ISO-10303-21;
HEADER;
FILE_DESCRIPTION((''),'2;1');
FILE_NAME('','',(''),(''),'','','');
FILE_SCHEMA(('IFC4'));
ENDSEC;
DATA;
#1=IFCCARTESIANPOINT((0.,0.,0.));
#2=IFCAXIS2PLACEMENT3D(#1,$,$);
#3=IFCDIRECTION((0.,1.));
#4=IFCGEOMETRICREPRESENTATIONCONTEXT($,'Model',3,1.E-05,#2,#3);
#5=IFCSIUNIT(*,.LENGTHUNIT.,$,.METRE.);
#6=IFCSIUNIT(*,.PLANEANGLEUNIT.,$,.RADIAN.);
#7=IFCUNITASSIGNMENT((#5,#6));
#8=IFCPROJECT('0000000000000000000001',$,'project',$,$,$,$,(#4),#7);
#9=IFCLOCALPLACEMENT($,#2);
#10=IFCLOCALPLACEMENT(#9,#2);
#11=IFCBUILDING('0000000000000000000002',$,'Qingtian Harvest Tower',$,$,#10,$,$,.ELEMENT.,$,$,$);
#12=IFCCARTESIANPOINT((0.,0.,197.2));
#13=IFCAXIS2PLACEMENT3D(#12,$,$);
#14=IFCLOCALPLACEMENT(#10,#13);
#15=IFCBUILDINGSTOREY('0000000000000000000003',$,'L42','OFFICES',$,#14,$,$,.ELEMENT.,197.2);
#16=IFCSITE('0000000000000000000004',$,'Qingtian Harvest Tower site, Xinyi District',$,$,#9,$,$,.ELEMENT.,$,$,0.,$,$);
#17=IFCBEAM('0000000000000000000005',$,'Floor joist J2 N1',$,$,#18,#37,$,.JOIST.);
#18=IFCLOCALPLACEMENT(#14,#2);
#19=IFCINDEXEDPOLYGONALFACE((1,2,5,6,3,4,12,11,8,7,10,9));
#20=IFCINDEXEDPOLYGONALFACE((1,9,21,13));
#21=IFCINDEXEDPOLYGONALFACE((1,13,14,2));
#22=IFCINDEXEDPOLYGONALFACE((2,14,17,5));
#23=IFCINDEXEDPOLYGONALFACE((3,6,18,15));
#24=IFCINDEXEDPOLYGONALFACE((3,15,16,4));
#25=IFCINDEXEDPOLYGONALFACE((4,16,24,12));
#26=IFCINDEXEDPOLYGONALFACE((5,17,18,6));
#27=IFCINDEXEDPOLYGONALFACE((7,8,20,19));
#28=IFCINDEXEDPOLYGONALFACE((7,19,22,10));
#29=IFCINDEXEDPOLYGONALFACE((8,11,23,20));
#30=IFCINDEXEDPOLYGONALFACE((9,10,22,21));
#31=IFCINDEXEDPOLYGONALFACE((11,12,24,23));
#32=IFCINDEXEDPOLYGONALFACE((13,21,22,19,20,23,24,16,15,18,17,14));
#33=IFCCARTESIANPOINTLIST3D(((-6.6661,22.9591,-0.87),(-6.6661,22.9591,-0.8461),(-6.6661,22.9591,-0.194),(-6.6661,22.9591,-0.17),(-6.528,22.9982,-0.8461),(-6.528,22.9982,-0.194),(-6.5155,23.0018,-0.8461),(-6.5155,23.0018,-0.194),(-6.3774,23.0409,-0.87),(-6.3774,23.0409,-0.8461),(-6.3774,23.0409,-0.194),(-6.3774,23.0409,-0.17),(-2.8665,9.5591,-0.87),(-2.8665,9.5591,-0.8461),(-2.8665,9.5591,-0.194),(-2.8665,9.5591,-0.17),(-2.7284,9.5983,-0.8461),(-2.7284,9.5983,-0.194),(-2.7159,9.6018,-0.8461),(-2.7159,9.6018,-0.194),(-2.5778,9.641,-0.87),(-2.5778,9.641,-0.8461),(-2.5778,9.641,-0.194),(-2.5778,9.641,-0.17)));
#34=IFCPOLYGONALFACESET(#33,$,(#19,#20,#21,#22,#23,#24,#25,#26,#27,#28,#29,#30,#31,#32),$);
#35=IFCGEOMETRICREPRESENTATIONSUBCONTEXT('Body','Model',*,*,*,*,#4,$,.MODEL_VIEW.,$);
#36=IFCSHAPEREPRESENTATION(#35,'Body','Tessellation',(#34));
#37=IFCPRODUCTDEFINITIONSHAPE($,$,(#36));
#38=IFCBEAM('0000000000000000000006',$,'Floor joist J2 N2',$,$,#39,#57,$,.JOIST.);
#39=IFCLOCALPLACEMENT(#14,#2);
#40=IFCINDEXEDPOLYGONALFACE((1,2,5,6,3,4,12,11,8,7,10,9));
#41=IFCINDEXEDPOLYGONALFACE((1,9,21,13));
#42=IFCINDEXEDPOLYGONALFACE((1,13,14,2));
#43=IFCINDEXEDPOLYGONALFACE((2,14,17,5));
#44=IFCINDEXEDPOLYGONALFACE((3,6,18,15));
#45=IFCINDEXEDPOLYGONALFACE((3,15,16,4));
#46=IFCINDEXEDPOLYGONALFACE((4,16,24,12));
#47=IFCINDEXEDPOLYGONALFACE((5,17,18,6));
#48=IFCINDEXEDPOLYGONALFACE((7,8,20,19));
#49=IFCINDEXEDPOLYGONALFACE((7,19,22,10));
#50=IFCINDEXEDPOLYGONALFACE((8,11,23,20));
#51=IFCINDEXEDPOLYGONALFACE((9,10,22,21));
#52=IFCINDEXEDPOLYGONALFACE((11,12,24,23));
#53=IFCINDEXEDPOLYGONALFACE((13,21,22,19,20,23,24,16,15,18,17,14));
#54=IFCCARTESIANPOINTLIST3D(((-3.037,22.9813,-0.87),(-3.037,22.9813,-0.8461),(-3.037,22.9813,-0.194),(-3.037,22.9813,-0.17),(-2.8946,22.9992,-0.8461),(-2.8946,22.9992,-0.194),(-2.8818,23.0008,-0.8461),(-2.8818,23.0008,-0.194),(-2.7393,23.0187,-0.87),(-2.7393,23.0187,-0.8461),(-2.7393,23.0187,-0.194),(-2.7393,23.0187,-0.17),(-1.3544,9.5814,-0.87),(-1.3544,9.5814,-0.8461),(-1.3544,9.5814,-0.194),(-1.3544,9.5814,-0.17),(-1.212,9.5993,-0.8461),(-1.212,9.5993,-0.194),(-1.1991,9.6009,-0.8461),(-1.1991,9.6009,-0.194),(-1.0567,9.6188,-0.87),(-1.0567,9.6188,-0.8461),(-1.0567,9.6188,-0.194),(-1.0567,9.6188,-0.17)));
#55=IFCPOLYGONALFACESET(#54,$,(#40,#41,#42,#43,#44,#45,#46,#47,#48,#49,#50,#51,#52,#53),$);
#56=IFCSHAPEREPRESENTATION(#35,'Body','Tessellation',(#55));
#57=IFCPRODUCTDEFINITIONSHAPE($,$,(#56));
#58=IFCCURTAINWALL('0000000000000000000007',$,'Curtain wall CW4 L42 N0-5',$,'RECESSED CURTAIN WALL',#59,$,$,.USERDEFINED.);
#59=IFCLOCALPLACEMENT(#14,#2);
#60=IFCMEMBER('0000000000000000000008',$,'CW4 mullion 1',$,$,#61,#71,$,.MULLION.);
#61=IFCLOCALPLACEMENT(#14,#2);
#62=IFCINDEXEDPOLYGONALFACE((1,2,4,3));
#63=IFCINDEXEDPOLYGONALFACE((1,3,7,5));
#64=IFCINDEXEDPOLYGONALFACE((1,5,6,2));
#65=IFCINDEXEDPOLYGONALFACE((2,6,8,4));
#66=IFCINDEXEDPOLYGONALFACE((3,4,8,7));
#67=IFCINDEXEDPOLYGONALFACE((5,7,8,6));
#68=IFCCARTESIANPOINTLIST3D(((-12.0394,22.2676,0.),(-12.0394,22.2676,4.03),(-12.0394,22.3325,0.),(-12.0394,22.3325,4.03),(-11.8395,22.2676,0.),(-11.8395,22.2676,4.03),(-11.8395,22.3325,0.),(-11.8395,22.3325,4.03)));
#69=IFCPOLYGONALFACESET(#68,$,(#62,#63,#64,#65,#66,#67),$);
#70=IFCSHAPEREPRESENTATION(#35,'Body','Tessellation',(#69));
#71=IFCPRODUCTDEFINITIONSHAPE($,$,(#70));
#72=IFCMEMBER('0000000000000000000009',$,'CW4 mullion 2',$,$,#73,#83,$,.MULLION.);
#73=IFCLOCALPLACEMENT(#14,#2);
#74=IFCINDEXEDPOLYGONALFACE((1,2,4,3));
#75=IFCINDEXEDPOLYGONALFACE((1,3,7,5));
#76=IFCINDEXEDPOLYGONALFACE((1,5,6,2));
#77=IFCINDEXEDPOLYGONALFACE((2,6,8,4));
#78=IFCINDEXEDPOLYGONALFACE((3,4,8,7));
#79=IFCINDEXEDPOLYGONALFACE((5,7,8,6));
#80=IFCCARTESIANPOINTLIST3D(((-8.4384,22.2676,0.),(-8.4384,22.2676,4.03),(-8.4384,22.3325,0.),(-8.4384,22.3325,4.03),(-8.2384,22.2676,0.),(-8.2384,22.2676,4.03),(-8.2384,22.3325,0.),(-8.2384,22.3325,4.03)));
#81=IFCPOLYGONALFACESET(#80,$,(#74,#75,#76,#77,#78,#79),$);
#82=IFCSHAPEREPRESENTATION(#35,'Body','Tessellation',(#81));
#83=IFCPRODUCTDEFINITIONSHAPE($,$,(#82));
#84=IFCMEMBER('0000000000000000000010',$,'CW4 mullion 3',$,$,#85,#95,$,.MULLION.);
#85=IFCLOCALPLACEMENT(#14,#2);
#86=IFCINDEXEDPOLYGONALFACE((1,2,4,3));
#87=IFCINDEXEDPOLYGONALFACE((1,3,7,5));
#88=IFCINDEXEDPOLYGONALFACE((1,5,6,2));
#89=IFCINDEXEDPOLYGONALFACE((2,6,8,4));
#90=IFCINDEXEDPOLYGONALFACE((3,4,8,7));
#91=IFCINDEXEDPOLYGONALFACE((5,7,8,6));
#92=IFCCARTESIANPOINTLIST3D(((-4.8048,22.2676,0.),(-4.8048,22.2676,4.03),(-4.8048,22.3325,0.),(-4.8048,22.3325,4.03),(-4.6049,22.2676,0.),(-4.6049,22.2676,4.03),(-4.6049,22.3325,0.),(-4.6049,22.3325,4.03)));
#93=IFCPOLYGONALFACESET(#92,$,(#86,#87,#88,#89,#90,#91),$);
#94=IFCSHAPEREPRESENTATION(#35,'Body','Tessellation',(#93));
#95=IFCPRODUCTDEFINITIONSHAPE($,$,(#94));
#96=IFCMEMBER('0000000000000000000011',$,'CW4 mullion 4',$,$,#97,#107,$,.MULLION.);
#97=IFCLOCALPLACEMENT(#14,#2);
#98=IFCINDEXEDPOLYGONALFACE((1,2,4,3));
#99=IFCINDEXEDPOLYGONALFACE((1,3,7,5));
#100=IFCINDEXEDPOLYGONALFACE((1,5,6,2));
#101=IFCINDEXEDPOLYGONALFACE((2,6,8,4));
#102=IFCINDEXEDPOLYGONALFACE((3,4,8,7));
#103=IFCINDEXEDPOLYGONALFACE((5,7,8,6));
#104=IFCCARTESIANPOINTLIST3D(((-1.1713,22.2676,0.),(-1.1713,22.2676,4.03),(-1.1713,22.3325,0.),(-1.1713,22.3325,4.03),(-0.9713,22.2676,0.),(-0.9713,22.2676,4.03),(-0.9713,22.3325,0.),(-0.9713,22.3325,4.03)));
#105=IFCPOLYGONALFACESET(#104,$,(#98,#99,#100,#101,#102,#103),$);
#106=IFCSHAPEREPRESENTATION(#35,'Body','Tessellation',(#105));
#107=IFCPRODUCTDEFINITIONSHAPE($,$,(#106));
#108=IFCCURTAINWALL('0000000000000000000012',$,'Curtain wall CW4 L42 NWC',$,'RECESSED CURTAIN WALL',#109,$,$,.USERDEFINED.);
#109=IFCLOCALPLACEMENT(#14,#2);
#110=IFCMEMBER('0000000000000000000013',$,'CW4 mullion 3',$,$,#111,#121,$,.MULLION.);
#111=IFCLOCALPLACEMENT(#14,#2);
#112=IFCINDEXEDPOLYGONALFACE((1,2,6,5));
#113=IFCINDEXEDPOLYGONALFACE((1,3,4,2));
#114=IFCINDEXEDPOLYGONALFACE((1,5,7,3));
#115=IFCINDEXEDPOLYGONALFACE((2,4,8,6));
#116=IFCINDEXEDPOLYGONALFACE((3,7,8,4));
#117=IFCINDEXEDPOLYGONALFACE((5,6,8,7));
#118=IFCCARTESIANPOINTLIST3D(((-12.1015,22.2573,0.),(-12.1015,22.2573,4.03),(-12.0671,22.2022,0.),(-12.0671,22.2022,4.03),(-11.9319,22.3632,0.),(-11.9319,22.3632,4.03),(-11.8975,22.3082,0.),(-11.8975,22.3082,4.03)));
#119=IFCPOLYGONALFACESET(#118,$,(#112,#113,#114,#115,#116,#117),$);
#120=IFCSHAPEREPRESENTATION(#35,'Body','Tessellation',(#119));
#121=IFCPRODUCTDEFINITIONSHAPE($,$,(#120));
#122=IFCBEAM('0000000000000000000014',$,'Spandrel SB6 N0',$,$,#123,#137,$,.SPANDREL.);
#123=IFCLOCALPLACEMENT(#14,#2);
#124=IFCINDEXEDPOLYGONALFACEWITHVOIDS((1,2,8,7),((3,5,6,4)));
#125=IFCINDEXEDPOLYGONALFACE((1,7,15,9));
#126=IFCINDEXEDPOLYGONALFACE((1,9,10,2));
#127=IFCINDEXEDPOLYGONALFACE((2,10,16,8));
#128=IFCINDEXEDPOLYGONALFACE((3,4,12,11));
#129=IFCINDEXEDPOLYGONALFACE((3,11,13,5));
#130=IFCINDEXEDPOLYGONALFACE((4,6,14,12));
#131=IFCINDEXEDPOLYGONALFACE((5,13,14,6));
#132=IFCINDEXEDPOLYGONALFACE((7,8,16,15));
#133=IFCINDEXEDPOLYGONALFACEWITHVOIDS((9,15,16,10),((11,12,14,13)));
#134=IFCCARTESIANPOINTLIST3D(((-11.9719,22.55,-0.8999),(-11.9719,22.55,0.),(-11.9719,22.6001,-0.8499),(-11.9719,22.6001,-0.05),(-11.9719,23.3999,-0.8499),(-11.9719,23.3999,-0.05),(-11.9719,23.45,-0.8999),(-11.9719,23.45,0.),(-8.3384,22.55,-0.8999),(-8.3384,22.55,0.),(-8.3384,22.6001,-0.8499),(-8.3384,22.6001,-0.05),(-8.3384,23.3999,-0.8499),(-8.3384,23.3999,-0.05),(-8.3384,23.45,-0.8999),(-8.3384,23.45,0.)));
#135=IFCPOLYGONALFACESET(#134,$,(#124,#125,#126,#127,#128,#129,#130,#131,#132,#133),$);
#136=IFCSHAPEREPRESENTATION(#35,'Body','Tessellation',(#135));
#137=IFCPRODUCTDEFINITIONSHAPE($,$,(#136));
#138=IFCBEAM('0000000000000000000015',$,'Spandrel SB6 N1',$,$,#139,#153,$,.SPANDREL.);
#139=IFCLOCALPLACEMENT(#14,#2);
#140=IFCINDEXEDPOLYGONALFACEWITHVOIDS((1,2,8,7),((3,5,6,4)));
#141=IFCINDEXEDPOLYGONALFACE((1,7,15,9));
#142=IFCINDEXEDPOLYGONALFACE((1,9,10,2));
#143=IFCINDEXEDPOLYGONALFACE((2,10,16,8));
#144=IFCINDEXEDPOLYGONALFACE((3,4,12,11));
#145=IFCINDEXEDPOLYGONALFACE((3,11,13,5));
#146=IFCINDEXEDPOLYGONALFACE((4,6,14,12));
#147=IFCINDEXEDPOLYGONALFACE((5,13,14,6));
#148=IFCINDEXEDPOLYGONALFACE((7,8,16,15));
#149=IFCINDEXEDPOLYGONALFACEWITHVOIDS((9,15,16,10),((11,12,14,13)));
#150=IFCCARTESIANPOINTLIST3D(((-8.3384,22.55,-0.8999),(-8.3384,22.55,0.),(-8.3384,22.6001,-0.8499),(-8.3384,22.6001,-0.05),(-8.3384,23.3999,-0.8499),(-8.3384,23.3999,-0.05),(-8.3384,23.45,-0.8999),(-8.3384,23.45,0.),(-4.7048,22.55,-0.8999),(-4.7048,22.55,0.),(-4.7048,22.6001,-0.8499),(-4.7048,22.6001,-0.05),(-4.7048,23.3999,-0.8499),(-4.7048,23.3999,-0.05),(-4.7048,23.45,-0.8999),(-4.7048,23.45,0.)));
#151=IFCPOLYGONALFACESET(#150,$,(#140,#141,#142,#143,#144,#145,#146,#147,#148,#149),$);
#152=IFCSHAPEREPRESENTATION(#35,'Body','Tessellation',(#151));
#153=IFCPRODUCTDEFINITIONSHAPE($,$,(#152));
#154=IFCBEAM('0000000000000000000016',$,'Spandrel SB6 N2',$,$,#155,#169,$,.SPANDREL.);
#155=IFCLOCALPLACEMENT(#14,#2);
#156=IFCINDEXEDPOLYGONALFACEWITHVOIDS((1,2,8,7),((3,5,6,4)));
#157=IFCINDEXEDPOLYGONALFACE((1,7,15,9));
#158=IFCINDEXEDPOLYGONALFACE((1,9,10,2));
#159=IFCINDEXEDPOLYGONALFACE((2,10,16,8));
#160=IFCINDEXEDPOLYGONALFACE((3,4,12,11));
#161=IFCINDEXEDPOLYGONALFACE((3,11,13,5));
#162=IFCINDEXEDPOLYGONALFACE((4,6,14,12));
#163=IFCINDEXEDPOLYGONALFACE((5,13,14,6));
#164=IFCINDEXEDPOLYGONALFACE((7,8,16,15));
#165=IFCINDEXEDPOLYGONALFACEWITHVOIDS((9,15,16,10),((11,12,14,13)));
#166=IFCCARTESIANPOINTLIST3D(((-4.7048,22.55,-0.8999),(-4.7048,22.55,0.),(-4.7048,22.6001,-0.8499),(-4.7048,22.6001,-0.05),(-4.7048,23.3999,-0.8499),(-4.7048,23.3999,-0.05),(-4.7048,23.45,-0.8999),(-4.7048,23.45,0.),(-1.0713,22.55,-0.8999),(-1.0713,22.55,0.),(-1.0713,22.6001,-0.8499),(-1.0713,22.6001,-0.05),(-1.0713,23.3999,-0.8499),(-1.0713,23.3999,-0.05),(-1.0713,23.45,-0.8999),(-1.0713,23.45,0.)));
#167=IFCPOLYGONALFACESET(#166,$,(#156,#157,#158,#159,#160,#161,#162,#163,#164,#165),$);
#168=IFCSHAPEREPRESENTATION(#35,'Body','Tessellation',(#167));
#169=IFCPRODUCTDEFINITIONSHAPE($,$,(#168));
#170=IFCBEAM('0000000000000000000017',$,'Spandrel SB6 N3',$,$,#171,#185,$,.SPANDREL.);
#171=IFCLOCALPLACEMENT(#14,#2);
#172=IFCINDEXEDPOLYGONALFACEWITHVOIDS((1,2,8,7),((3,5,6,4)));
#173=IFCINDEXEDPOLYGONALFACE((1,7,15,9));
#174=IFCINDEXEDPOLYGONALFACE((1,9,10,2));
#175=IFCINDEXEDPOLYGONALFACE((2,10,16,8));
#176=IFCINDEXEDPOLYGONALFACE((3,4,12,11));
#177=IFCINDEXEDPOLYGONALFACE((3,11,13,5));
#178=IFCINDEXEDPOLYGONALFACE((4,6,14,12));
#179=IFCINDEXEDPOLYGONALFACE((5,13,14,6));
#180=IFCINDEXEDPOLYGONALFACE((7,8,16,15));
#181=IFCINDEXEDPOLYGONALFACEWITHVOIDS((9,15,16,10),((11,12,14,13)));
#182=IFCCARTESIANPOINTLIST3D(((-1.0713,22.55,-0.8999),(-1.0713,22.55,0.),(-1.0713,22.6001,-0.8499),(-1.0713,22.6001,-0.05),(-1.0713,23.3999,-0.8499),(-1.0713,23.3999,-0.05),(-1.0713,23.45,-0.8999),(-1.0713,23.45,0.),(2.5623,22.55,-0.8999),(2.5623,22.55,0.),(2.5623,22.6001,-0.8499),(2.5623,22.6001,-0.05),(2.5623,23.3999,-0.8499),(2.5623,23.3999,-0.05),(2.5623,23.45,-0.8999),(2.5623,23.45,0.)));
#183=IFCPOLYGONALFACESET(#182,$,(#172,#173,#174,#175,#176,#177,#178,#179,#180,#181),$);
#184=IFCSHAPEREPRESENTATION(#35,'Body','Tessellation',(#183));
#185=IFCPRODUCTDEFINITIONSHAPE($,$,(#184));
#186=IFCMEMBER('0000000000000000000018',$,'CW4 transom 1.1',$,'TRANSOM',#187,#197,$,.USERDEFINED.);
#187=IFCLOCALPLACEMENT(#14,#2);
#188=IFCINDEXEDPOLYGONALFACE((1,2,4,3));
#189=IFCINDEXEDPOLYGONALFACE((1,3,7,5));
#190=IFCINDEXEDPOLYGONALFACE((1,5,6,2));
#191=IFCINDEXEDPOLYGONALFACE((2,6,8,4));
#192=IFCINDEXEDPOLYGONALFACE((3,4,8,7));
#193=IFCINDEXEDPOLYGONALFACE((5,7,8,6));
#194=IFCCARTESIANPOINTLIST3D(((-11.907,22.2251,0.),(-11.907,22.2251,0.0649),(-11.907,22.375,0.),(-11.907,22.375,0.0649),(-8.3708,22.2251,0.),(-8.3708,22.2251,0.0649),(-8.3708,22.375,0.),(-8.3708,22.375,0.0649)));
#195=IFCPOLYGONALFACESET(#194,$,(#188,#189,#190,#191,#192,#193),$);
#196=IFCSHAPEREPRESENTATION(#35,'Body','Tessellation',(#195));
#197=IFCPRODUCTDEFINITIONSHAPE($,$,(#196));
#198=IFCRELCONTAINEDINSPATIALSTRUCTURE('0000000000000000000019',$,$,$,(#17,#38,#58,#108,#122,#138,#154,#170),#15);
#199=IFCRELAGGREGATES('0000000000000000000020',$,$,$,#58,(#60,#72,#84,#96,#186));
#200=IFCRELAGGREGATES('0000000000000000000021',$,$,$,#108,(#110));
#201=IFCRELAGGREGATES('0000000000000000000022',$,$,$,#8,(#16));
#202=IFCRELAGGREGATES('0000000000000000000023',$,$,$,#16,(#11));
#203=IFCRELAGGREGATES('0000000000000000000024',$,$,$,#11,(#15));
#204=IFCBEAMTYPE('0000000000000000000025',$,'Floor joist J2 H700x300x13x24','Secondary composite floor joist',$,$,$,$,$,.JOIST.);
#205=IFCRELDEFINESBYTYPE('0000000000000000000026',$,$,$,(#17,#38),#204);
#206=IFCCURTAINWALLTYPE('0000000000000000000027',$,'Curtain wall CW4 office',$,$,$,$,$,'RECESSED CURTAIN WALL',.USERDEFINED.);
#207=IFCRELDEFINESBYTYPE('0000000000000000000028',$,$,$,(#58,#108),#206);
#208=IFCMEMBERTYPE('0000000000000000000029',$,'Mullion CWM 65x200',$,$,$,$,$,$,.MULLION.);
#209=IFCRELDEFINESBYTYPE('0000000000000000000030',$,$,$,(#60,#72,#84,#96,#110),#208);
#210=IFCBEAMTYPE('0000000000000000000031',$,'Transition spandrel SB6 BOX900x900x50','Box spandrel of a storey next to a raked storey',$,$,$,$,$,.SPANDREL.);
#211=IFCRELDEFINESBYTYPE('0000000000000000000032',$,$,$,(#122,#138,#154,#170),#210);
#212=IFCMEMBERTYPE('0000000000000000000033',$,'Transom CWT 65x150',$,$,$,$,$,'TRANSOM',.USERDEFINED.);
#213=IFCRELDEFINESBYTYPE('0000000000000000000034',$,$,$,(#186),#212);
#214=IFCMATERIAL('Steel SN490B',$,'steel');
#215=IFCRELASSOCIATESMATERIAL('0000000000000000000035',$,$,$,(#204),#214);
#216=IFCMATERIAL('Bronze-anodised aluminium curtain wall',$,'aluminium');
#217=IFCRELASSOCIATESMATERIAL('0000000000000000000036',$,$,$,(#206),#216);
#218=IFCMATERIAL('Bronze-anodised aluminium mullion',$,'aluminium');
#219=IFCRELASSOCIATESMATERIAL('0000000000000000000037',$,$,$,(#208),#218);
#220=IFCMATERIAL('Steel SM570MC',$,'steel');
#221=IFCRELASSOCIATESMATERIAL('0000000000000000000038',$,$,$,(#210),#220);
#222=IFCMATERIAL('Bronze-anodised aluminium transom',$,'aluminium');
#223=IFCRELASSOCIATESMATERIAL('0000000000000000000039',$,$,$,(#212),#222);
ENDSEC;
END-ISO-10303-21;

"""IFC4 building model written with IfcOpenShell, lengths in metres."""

from ifc_helpers import new_model, si_unit, direction, frame, origin, origin_2d, place, context, subcontext, project, spatial, rectangle, hollow_rectangle, i_section, extrude, material, material_profile, profile_set, type_object, element, aggregate, save


model = new_model("IFC4")

# Units and contexts
model_context = context("Model", 3, precision=1e-05, world=origin(), true_north=direction((0.0, 1.0)))
body_context = subcontext(model_context, "Body", "Model", "MODEL_VIEW")
ifc_project = project(units=[si_unit("LENGTHUNIT", "METRE"), si_unit("PLANEANGLEUNIT", "RADIAN")], contexts=[model_context])

# Site, building, storey
site_placement = place(None, origin())
site = spatial("IfcSite", under=ifc_project, at=site_placement, Name="Qingtian Harvest Tower site, Xinyi District", CompositionType="ELEMENT", RefElevation=0.0)
building_placement = place(site_placement, origin())
building = spatial("IfcBuilding", under=site, at=building_placement, Name="Qingtian Harvest Tower", CompositionType="ELEMENT")
storey_placement = place(building_placement, frame((0.0, 0.0, 197.2)))
storey = spatial("IfcBuildingStorey", under=building, at=storey_placement, Name="L42", Description="OFFICES", CompositionType="ELEMENT", Elevation=197.2)

# Beams
ifc_material_1 = material(Name="Steel SN490B", Category="steel")
ifc_material_profile_1 = material_profile(ifc_material_1, i_section(OverallWidth=0.3, OverallDepth=0.7, WebThickness=0.0129, FlangeThickness=0.0239, at=origin_2d()), Name="H700x300x13x24")
ifc_profile_set_1 = profile_set([ifc_material_profile_1], Name="Steel SN490B")
beam_type_1 = type_object("IfcBeamType", Name="Floor joist J2 H700x300x13x24", Description="Secondary composite floor joist", PredefinedType="JOIST", material=ifc_profile_set_1)
beam_1_placement = place(storey_placement, frame((-6.5217, 23.0, -0.52), z_axis=(0.272797, -0.962072, 0.0), x_axis=(0.962072, 0.272797, 0.0)))
element("IfcBeam", 1, at=beam_1_placement, inside=storey, type_object=beam_type_1, Name="Floor joist J2 N1", PredefinedType="JOIST", context=body_context, shape_type="SweptSolid", body=[
    extrude(i_section(OverallWidth=0.3, OverallDepth=0.7, WebThickness=0.0129, FlangeThickness=0.0239, at=origin_2d()), origin(), (0.0, 0.0, 1.0), 13.9282),
])
beam_2_placement = place(storey_placement, frame((-2.8882, 23.0, -0.52), z_axis=(0.124591, -0.992208, 0.0), x_axis=(0.992208, 0.124591, 0.0)))
element("IfcBeam", 2, at=beam_2_placement, inside=storey, type_object=beam_type_1, Name="Floor joist J2 N2", PredefinedType="JOIST", context=body_context, shape_type="SweptSolid", body=[
    extrude(i_section(OverallWidth=0.3, OverallDepth=0.7, WebThickness=0.0129, FlangeThickness=0.0239, at=origin_2d()), origin(), (0.0, 0.0, 1.0), 13.5051),
])

# Curtain wall, members
ifc_material_2 = material(Name="Bronze-anodised aluminium curtain wall", Category="aluminium")
curtain_wall_type = type_object("IfcCurtainWallType", Name="Curtain wall CW4 office", ElementType="RECESSED CURTAIN WALL", PredefinedType="USERDEFINED", material=ifc_material_2)
curtain_wall_1_placement = place(storey_placement, origin())
curtain_wall_1 = element("IfcCurtainWall", 3, at=curtain_wall_1_placement, inside=storey, type_object=curtain_wall_type, Name="Curtain wall CW4 L42 N0-5", ObjectType="RECESSED CURTAIN WALL", PredefinedType="USERDEFINED")
ifc_material_3 = material(Name="Bronze-anodised aluminium mullion", Category="aluminium")
ifc_material_profile_2 = material_profile(ifc_material_3, rectangle(XDim=0.0649, YDim=0.2, at=origin_2d()), Name="AL 65x200")
ifc_profile_set_2 = profile_set([ifc_material_profile_2], Name="Bronze-anodised aluminium mullion")
member_type_1 = type_object("IfcMemberType", Name="Mullion CWM 65x200", PredefinedType="MULLION", material=ifc_profile_set_2)
member_1_placement = place(storey_placement, frame((-11.9395, 22.3, 0.0), z_axis=(0.0, 0.0, 1.0), x_axis=(0.0, 1.0, 0.0)))
member_1 = element("IfcMember", 4, at=member_1_placement, type_object=member_type_1, Name="CW4 mullion 1", PredefinedType="MULLION", context=body_context, shape_type="SweptSolid", body=[
    extrude(rectangle(XDim=0.0649, YDim=0.2, at=origin_2d()), origin(), (0.0, 0.0, 1.0), 4.03),
])
member_2_placement = place(storey_placement, frame((-8.3384, 22.3, 0.0), z_axis=(0.0, 0.0, 1.0), x_axis=(0.0, 1.0, 0.0)))
member_2 = element("IfcMember", 5, at=member_2_placement, type_object=member_type_1, Name="CW4 mullion 2", PredefinedType="MULLION", context=body_context, shape_type="SweptSolid", body=[
    extrude(rectangle(XDim=0.0649, YDim=0.2, at=origin_2d()), origin(), (0.0, 0.0, 1.0), 4.03),
])
member_3_placement = place(storey_placement, frame((-4.7048, 22.3, 0.0), z_axis=(0.0, 0.0, 1.0), x_axis=(0.0, 1.0, 0.0)))
member_3 = element("IfcMember", 6, at=member_3_placement, type_object=member_type_1, Name="CW4 mullion 3", PredefinedType="MULLION", context=body_context, shape_type="SweptSolid", body=[
    extrude(rectangle(XDim=0.0649, YDim=0.2, at=origin_2d()), origin(), (0.0, 0.0, 1.0), 4.03),
])
member_4_placement = place(storey_placement, frame((-1.0713, 22.3, 0.0), z_axis=(0.0, 0.0, 1.0), x_axis=(0.0, 1.0, 0.0)))
member_4 = element("IfcMember", 7, at=member_4_placement, type_object=member_type_1, Name="CW4 mullion 4", PredefinedType="MULLION", context=body_context, shape_type="SweptSolid", body=[
    extrude(rectangle(XDim=0.0649, YDim=0.2, at=origin_2d()), origin(), (0.0, 0.0, 1.0), 4.03),
])

# Curtain wall, member
curtain_wall_2_placement = place(storey_placement, origin())
curtain_wall_2 = element("IfcCurtainWall", 8, at=curtain_wall_2_placement, inside=storey, type_object=curtain_wall_type, Name="Curtain wall CW4 L42 NWC", ObjectType="RECESSED CURTAIN WALL", PredefinedType="USERDEFINED")
member_5_placement = place(storey_placement, frame((-11.9995, 22.2827, 0.0), z_axis=(0.0, 0.0, 1.0), x_axis=(-0.529919, 0.848048, 0.0)))
member_5 = element("IfcMember", 9, at=member_5_placement, type_object=member_type_1, Name="CW4 mullion 3", PredefinedType="MULLION", context=body_context, shape_type="SweptSolid", body=[
    extrude(rectangle(XDim=0.0649, YDim=0.2, at=origin_2d()), origin(), (0.0, 0.0, 1.0), 4.03),
])

# Beams
ifc_material_4 = material(Name="Steel SM570MC", Category="steel")
ifc_material_profile_3 = material_profile(ifc_material_4, hollow_rectangle(XDim=0.8999, YDim=0.8999, WallThickness=0.05, at=origin_2d()), Name="BOX900x900x50")
ifc_profile_set_3 = profile_set([ifc_material_profile_3], Name="Steel SM570MC")
beam_type_2 = type_object("IfcBeamType", Name="Transition spandrel SB6 BOX900x900x50", Description="Box spandrel of a storey next to a raked storey", PredefinedType="SPANDREL", material=ifc_profile_set_3)
for number, where, z_axis, x_axis, name in (
    (10, (-11.9719, 23.0, -0.45), (1.0, 0.0, 0.0), (0.0, 1.0, 0.0), "Spandrel SB6 N0"),
    (11, (-8.3384, 23.0, -0.45), (1.0, 0.0, 0.0), (0.0, 1.0, 0.0), "Spandrel SB6 N1"),
    (12, (-4.7048, 23.0, -0.45), (1.0, 0.0, 0.0), (0.0, 1.0, 0.0), "Spandrel SB6 N2"),
    (13, (-1.0713, 23.0, -0.45), (1.0, 0.0, 0.0), (0.0, 1.0, 0.0), "Spandrel SB6 N3"),
):
    element("IfcBeam", number, at=place(storey_placement, frame(where, z_axis=z_axis, x_axis=x_axis)), inside=storey, type_object=beam_type_2, Name=name, PredefinedType="SPANDREL", context=body_context, shape_type="SweptSolid", body=[
        extrude(hollow_rectangle(XDim=0.8999, YDim=0.8999, WallThickness=0.05, at=origin_2d()), origin(), (0.0, 0.0, 1.0), 3.6335),
    ])

# Member
ifc_material_5 = material(Name="Bronze-anodised aluminium transom", Category="aluminium")
ifc_material_profile_4 = material_profile(ifc_material_5, rectangle(XDim=0.1499, YDim=0.0649, at=origin_2d()), Name="AL 65x150")
ifc_profile_set_4 = profile_set([ifc_material_profile_4], Name="Bronze-anodised aluminium transom")
member_type_2 = type_object("IfcMemberType", Name="Transom CWT 65x150", ElementType="TRANSOM", PredefinedType="USERDEFINED", material=ifc_profile_set_4)
member_6_placement = place(storey_placement, frame((-11.907, 22.3, 0.0325), z_axis=(1.0, 0.0, 0.0), x_axis=(0.0, 1.0, 0.0)))
member_6 = element("IfcMember", 14, at=member_6_placement, type_object=member_type_2, Name="CW4 transom 1.1", ObjectType="TRANSOM", PredefinedType="USERDEFINED", context=body_context, shape_type="SweptSolid", body=[
    extrude(rectangle(XDim=0.1499, YDim=0.0649, at=origin_2d()), origin(), (0.0, 0.0, 1.0), 3.5361),
])

aggregate(curtain_wall_1, [member_1, member_2, member_3, member_4, member_6])
aggregate(curtain_wall_2, [member_5])

save(model, "model.ifc")
